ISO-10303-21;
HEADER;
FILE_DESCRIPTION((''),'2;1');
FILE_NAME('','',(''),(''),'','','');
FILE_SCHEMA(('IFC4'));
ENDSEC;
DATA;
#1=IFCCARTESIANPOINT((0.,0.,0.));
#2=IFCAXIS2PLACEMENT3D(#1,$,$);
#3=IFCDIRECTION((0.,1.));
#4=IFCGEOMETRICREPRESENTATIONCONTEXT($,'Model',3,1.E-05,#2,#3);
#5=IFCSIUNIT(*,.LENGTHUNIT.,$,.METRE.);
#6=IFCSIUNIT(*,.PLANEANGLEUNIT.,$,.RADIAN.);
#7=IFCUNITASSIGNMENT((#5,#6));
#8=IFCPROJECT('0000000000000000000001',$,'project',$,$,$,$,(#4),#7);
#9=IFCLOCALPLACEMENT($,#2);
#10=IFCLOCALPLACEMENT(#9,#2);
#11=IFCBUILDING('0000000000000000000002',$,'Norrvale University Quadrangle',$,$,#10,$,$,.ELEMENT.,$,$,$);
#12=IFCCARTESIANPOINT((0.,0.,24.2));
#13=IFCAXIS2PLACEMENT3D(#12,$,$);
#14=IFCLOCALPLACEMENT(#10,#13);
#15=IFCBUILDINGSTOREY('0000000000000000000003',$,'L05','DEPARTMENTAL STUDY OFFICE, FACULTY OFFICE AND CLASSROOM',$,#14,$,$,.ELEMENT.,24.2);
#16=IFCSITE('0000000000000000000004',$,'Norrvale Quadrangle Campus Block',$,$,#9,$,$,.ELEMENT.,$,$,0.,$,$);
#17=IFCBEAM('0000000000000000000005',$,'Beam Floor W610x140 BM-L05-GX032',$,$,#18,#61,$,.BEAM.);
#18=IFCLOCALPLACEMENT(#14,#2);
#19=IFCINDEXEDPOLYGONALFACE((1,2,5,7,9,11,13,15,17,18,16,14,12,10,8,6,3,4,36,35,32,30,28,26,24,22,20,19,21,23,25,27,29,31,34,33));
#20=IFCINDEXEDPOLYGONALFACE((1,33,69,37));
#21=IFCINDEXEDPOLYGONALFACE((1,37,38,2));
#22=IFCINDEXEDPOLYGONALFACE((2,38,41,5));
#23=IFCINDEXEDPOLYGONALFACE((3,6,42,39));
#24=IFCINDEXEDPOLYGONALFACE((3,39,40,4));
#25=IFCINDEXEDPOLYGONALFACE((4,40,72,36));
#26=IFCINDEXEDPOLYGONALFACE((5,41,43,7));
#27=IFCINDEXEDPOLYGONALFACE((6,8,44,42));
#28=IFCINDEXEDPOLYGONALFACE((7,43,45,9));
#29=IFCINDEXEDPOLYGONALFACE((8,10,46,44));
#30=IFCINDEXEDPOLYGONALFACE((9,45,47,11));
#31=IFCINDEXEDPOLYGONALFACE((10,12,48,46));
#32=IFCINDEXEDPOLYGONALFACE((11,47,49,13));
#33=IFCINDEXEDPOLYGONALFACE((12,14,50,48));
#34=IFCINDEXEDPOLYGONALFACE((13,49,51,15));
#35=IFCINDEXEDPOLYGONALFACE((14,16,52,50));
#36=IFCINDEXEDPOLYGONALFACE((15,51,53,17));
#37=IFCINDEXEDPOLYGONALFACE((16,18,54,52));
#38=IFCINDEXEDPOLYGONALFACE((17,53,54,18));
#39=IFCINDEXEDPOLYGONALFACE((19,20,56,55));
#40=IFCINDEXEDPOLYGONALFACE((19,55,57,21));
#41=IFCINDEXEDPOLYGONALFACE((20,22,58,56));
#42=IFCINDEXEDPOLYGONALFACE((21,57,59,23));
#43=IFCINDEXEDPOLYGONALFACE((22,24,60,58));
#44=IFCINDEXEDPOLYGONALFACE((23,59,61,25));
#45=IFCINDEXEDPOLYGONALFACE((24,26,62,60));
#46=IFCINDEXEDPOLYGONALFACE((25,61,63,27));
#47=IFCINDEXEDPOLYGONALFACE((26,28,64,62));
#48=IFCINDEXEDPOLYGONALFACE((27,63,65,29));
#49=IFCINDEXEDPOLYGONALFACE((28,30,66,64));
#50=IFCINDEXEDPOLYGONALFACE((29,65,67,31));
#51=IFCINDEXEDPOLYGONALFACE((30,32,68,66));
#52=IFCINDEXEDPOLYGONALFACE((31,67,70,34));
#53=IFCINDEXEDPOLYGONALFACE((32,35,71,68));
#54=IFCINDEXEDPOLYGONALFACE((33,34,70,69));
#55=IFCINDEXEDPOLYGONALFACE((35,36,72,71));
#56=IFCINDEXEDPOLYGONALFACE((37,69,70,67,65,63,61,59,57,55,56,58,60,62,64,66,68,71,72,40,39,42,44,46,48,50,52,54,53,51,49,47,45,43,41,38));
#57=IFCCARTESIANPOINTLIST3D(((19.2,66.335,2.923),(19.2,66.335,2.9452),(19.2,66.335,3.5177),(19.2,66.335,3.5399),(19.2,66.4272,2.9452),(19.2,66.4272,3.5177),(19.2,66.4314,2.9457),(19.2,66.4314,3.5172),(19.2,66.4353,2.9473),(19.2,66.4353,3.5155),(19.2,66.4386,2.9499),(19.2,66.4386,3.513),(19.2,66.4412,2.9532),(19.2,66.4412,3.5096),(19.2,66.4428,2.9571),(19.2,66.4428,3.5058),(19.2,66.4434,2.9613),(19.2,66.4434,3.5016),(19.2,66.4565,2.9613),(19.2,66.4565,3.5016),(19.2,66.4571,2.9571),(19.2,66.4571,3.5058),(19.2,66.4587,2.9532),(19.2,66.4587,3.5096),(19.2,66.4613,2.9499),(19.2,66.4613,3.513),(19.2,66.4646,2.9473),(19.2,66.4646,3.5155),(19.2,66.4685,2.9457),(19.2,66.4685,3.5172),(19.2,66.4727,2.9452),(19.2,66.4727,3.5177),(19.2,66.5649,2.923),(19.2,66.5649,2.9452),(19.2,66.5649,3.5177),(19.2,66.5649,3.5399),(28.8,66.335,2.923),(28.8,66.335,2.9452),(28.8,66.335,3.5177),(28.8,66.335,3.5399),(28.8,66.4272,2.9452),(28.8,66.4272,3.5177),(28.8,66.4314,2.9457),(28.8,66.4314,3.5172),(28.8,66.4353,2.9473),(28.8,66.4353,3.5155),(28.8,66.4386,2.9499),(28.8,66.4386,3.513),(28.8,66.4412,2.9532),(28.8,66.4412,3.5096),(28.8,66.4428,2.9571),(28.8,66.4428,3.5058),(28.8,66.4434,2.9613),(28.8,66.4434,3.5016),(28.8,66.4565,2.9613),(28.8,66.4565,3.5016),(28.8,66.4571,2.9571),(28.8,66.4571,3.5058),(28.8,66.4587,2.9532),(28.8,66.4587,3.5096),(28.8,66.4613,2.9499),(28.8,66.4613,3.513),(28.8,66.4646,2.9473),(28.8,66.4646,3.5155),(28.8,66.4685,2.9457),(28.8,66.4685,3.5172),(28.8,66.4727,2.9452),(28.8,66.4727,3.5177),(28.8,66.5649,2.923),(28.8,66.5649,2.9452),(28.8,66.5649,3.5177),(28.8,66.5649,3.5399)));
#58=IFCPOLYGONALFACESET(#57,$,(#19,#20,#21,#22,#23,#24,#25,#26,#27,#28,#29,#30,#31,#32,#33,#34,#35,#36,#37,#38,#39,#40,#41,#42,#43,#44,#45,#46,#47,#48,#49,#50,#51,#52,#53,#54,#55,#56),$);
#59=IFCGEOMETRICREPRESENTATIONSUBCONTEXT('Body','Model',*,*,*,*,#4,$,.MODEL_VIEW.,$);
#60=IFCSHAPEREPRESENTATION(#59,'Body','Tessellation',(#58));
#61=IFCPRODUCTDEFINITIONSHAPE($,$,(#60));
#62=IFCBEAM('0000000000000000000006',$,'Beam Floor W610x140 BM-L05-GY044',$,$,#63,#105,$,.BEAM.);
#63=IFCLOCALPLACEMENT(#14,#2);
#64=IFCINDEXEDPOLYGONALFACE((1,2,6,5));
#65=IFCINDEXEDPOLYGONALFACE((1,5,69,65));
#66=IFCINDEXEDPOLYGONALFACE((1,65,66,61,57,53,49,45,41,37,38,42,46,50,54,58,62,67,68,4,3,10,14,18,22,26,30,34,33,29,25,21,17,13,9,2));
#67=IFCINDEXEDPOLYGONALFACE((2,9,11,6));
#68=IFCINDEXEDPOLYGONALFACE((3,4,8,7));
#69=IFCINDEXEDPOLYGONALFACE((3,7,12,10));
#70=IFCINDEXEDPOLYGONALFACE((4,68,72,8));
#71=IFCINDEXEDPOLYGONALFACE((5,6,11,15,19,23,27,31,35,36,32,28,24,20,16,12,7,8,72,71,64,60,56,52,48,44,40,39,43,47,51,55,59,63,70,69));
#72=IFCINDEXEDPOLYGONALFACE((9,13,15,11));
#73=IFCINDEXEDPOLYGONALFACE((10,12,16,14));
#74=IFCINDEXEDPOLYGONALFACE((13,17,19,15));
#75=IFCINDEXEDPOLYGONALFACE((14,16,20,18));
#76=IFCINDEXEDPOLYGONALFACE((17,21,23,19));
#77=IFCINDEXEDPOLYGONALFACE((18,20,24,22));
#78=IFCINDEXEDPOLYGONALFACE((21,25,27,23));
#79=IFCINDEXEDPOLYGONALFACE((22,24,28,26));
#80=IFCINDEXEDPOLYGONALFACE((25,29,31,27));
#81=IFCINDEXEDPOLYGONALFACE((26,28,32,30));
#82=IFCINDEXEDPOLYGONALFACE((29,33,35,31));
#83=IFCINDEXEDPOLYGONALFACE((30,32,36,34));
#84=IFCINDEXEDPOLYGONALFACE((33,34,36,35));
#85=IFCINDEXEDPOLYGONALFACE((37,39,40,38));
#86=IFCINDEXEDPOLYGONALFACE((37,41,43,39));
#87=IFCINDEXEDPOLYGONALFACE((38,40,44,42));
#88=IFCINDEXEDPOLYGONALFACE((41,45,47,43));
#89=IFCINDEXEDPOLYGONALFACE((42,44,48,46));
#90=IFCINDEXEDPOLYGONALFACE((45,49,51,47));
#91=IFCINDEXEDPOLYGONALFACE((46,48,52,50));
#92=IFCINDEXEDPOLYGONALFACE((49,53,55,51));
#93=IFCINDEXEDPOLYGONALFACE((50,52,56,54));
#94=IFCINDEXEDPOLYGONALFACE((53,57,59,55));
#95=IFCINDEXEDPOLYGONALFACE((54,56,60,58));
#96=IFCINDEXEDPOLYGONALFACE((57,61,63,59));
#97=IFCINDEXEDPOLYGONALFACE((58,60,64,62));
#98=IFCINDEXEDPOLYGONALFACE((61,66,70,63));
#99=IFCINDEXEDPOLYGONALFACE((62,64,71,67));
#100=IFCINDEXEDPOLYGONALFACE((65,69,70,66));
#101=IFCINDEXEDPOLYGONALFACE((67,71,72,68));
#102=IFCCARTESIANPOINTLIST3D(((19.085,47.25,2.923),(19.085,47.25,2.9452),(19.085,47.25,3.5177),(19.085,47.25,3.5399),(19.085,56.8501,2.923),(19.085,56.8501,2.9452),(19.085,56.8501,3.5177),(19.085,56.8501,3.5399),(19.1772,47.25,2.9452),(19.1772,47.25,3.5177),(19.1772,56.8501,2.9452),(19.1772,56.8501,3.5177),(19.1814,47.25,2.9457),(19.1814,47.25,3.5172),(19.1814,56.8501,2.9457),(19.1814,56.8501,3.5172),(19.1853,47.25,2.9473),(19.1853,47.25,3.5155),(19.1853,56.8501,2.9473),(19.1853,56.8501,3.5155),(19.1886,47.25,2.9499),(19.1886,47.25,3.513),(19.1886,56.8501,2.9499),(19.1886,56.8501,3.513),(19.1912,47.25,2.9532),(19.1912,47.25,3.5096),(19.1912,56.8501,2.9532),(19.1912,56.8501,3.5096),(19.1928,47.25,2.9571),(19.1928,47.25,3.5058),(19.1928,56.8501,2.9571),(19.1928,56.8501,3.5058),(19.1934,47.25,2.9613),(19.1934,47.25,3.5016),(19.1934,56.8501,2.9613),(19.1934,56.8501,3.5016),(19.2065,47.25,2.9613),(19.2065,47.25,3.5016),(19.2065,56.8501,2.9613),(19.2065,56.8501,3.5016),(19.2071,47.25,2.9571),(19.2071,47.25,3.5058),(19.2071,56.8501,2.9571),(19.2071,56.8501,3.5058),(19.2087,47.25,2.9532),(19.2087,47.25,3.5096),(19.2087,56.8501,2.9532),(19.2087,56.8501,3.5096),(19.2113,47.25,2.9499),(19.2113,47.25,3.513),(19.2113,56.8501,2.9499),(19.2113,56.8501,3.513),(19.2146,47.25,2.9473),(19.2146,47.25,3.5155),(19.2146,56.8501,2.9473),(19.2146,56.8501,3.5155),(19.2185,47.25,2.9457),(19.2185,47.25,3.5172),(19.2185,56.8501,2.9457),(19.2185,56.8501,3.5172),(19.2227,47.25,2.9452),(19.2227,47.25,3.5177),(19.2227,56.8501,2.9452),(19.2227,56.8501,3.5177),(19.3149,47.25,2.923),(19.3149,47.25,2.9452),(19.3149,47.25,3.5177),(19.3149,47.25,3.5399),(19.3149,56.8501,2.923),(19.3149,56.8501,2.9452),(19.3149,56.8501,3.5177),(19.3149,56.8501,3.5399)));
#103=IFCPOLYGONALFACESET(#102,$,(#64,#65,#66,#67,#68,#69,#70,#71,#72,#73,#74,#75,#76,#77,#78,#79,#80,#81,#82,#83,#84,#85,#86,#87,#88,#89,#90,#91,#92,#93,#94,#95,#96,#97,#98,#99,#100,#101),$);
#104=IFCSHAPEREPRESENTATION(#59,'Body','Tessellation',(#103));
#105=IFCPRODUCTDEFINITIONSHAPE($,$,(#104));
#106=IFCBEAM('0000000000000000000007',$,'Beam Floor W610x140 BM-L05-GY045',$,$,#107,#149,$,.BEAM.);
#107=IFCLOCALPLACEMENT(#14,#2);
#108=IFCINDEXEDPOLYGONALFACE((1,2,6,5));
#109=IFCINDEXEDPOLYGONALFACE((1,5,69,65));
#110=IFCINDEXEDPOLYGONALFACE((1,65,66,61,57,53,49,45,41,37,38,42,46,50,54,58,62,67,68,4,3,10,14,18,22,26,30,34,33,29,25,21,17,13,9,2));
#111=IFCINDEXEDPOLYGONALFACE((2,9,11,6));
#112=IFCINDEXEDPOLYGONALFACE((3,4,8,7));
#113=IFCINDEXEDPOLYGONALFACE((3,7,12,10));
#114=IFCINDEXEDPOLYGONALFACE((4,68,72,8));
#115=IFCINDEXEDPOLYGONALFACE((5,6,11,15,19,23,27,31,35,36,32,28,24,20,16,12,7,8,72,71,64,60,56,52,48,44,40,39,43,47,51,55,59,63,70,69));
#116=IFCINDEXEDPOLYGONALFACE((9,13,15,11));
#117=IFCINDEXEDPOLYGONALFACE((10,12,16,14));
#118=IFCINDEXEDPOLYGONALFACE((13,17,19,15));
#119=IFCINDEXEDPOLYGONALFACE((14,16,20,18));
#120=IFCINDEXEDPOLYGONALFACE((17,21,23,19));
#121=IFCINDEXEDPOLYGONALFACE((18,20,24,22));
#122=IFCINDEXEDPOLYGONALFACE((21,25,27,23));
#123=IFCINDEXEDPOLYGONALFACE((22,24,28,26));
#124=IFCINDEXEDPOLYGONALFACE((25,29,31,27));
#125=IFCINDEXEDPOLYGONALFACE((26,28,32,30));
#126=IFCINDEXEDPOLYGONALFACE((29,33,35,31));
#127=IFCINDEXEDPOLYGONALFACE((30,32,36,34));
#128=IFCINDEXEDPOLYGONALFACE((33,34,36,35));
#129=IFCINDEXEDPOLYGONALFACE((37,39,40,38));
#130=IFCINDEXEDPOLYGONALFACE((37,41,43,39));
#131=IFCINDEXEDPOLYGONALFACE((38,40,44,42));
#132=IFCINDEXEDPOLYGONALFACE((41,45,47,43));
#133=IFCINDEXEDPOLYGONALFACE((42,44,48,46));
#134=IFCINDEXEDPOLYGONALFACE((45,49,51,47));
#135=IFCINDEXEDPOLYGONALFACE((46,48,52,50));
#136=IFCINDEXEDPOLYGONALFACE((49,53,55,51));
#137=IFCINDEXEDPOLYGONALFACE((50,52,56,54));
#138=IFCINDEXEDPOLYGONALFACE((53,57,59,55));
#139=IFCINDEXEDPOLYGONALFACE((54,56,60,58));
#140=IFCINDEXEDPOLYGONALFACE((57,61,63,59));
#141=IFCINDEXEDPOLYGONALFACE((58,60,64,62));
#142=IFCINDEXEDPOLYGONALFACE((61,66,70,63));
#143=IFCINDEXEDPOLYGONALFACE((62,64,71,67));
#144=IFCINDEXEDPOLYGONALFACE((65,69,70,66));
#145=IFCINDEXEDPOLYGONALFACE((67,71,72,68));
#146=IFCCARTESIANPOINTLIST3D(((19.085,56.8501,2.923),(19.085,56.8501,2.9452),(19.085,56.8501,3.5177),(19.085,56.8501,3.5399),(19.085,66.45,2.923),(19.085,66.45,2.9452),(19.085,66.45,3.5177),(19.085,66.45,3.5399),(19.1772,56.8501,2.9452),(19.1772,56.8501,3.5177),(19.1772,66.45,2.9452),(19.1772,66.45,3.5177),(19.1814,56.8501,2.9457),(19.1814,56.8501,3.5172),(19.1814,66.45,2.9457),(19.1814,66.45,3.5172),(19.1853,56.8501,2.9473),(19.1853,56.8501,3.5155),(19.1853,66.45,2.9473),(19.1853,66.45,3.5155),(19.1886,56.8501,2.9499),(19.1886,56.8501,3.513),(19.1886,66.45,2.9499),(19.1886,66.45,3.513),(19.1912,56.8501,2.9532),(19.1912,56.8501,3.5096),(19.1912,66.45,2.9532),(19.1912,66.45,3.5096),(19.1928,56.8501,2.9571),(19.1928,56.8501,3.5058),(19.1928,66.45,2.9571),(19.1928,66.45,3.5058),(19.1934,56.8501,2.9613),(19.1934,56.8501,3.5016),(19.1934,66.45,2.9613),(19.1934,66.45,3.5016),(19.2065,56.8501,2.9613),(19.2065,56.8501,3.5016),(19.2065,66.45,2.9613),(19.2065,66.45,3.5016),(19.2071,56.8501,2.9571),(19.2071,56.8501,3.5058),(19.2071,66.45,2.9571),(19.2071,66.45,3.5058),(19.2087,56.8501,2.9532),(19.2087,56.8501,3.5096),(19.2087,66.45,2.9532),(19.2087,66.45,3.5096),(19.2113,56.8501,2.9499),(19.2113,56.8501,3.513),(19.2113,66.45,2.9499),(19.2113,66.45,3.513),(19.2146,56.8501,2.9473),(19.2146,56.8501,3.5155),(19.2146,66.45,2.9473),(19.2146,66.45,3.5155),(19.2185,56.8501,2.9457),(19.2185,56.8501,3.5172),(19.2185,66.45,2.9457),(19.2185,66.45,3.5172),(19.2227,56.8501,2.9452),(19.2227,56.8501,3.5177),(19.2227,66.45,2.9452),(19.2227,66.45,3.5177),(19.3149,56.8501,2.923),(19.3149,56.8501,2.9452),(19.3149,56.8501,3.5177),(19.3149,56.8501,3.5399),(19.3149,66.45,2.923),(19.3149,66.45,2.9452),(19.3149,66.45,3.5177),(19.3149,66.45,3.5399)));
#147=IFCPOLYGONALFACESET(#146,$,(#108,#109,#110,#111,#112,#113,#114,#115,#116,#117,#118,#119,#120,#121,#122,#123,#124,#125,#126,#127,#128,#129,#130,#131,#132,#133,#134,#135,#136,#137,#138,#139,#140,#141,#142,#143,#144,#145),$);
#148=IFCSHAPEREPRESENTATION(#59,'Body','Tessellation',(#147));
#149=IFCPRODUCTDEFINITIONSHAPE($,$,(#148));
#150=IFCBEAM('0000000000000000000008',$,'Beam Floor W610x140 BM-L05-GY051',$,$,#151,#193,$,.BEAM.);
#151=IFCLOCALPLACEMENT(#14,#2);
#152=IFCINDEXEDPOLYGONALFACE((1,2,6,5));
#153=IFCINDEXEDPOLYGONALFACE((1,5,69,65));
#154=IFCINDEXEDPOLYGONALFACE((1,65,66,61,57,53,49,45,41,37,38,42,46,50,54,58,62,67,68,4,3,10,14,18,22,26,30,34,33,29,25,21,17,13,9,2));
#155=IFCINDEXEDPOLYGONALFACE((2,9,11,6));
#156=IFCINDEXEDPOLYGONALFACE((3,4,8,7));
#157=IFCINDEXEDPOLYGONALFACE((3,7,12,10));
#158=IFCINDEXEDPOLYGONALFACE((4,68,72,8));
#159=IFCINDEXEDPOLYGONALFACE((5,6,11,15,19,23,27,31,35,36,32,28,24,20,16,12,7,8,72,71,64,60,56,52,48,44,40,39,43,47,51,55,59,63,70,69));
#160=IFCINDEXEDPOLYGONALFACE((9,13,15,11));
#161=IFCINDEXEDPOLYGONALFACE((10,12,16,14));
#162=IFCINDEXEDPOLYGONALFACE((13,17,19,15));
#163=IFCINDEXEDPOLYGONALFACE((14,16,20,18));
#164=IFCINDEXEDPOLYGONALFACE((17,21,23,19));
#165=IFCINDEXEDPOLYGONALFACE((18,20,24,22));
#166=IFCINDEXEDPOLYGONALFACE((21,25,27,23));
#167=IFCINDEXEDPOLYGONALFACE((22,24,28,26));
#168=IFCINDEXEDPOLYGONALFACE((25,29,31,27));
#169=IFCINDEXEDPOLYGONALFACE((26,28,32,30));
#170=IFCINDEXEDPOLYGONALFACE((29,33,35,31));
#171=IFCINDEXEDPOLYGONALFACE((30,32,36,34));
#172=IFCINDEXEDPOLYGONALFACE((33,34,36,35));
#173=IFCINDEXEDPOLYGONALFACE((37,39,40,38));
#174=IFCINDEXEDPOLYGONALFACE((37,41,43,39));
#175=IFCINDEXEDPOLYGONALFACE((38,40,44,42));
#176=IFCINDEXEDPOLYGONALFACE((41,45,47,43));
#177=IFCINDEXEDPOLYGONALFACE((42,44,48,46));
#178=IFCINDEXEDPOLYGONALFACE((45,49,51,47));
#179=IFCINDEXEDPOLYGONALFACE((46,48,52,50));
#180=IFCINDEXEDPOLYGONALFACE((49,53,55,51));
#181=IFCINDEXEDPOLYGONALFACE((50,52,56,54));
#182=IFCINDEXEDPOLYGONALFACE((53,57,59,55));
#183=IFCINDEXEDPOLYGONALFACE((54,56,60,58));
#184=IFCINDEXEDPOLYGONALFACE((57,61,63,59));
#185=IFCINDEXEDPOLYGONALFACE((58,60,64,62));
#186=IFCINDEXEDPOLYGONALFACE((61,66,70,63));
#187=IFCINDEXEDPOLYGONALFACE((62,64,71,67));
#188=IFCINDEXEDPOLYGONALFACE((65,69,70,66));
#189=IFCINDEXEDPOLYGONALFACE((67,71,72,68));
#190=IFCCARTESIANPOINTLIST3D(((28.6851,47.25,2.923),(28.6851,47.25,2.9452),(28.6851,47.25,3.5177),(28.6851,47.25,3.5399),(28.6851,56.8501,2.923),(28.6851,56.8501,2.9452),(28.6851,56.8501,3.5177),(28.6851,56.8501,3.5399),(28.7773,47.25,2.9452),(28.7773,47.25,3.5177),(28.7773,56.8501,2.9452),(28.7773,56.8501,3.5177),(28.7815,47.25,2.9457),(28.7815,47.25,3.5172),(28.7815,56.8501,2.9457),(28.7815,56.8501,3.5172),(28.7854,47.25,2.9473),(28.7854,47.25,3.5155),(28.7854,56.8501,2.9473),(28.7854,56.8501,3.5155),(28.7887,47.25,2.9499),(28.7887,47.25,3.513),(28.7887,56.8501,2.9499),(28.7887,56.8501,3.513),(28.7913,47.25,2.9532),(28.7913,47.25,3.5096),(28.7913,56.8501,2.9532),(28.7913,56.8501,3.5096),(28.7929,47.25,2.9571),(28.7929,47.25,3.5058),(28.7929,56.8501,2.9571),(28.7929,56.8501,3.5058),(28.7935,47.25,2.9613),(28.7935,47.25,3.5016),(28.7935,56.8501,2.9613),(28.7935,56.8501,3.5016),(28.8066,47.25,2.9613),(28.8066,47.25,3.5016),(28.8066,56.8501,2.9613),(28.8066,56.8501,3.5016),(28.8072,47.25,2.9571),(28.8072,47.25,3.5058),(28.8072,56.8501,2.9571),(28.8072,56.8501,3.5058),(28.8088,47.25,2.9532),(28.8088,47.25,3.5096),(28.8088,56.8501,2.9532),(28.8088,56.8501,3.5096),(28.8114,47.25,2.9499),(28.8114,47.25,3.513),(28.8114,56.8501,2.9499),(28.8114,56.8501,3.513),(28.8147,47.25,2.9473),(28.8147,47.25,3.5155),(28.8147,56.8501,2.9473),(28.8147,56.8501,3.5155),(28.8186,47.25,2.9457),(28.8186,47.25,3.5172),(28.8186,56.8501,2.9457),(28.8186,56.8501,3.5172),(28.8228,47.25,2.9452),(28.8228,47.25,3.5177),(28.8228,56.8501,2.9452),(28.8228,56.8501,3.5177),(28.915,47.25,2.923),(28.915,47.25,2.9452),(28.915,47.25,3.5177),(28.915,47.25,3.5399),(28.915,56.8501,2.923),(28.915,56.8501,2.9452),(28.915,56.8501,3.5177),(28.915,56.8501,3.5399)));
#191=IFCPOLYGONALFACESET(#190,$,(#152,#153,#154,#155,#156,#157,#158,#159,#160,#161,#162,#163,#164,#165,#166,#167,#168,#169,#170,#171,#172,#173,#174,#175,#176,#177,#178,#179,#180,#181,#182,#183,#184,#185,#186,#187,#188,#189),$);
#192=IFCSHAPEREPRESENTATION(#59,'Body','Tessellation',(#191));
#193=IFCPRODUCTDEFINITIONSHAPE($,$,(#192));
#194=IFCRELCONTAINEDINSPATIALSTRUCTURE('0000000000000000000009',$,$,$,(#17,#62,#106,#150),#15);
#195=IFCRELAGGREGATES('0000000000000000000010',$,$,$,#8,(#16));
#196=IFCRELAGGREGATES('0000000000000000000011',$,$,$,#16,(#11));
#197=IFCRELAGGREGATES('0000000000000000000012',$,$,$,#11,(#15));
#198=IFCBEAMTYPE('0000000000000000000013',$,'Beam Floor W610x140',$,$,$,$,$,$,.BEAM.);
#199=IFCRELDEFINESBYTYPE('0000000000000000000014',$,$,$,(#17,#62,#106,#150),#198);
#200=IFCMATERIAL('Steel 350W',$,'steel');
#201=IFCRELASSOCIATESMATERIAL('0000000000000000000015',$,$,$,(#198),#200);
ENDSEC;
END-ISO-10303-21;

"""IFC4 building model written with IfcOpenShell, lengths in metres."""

from ifc_helpers import new_model, si_unit, direction, frame, origin, origin_2d, place, context, subcontext, project, spatial, i_section, extrude, material, material_profile, profile_set, type_object, element, save


model = new_model("IFC4")

# Units and contexts
model_context = context("Model", 3, precision=1e-05, world=origin(), true_north=direction((0.0, 1.0)))
body_context = subcontext(model_context, "Body", "Model", "MODEL_VIEW")
ifc_project = project(units=[si_unit("LENGTHUNIT", "METRE"), si_unit("PLANEANGLEUNIT", "RADIAN")], contexts=[model_context])

# Site, building, storey
site_placement = place(None, origin())
site = spatial("IfcSite", under=ifc_project, at=site_placement, Name="Norrvale Quadrangle Campus Block", CompositionType="ELEMENT", RefElevation=0.0)
building_placement = place(site_placement, origin())
building = spatial("IfcBuilding", under=site, at=building_placement, Name="Norrvale University Quadrangle", CompositionType="ELEMENT")
storey_placement = place(building_placement, frame((0.0, 0.0, 24.2)))
storey = spatial("IfcBuildingStorey", under=building, at=storey_placement, Name="L05", Description="DEPARTMENTAL STUDY OFFICE, FACULTY OFFICE AND CLASSROOM", CompositionType="ELEMENT", Elevation=24.2)

# Beams
ifc_material_1 = material(Name="Steel 350W", Category="steel")
ifc_material_profile_1 = material_profile(ifc_material_1, i_section(OverallWidth=0.23, OverallDepth=0.6169, WebThickness=0.0132, FlangeThickness=0.0222, FilletRadius=0.0161, at=origin_2d()), Name="Steel 350W")
ifc_profile_set_1 = profile_set([ifc_material_profile_1], Name="Steel 350W")
beam_type_1 = type_object("IfcBeamType", Name="Beam Floor W610x140", PredefinedType="BEAM", material=ifc_profile_set_1)
for number, where, z_axis, x_axis, name in (
    (1, (19.2, 66.45, 3.2314), (1.0, 0.0, 0.0), (0.0, 1.0, 0.0), "Beam Floor W610x140 BM-L05-GX032"),
    (2, (19.2, 47.25, 3.2314), (0.0, 1.0, 0.0), (-1.0, 0.0, 0.0), "Beam Floor W610x140 BM-L05-GY044"),
):
    element("IfcBeam", number, at=place(storey_placement, frame(where, z_axis=z_axis, x_axis=x_axis)), inside=storey, type_object=beam_type_1, Name=name, PredefinedType="BEAM", context=body_context, shape_type="SweptSolid", body=[
        extrude(i_section(OverallWidth=0.23, OverallDepth=0.6169, WebThickness=0.0132, FlangeThickness=0.0222, FilletRadius=0.0161, at=origin_2d()), origin(), (0.0, 0.0, 1.0), 9.6001),
    ])
beam_1_placement = place(storey_placement, frame((19.2, 56.8501, 3.2314), z_axis=(0.0, 1.0, 0.0), x_axis=(-1.0, 0.0, 0.0)))
element("IfcBeam", 3, at=beam_1_placement, inside=storey, type_object=beam_type_1, Name="Beam Floor W610x140 BM-L05-GY045", PredefinedType="BEAM", context=body_context, shape_type="SweptSolid", body=[
    extrude(i_section(OverallWidth=0.23, OverallDepth=0.6169, WebThickness=0.0132, FlangeThickness=0.0222, FilletRadius=0.0161, at=origin_2d()), origin(), (0.0, 0.0, 1.0), 9.5999),
])
beam_2_placement = place(storey_placement, frame((28.8, 47.25, 3.2314), z_axis=(0.0, 1.0, 0.0), x_axis=(-1.0, 0.0, 0.0)))
element("IfcBeam", 4, at=beam_2_placement, inside=storey, type_object=beam_type_1, Name="Beam Floor W610x140 BM-L05-GY051", PredefinedType="BEAM", context=body_context, shape_type="SweptSolid", body=[
    extrude(i_section(OverallWidth=0.23, OverallDepth=0.6169, WebThickness=0.0132, FlangeThickness=0.0222, FilletRadius=0.0161, at=origin_2d()), origin(), (0.0, 0.0, 1.0), 9.6001),
])

save(model, "model.ifc")
